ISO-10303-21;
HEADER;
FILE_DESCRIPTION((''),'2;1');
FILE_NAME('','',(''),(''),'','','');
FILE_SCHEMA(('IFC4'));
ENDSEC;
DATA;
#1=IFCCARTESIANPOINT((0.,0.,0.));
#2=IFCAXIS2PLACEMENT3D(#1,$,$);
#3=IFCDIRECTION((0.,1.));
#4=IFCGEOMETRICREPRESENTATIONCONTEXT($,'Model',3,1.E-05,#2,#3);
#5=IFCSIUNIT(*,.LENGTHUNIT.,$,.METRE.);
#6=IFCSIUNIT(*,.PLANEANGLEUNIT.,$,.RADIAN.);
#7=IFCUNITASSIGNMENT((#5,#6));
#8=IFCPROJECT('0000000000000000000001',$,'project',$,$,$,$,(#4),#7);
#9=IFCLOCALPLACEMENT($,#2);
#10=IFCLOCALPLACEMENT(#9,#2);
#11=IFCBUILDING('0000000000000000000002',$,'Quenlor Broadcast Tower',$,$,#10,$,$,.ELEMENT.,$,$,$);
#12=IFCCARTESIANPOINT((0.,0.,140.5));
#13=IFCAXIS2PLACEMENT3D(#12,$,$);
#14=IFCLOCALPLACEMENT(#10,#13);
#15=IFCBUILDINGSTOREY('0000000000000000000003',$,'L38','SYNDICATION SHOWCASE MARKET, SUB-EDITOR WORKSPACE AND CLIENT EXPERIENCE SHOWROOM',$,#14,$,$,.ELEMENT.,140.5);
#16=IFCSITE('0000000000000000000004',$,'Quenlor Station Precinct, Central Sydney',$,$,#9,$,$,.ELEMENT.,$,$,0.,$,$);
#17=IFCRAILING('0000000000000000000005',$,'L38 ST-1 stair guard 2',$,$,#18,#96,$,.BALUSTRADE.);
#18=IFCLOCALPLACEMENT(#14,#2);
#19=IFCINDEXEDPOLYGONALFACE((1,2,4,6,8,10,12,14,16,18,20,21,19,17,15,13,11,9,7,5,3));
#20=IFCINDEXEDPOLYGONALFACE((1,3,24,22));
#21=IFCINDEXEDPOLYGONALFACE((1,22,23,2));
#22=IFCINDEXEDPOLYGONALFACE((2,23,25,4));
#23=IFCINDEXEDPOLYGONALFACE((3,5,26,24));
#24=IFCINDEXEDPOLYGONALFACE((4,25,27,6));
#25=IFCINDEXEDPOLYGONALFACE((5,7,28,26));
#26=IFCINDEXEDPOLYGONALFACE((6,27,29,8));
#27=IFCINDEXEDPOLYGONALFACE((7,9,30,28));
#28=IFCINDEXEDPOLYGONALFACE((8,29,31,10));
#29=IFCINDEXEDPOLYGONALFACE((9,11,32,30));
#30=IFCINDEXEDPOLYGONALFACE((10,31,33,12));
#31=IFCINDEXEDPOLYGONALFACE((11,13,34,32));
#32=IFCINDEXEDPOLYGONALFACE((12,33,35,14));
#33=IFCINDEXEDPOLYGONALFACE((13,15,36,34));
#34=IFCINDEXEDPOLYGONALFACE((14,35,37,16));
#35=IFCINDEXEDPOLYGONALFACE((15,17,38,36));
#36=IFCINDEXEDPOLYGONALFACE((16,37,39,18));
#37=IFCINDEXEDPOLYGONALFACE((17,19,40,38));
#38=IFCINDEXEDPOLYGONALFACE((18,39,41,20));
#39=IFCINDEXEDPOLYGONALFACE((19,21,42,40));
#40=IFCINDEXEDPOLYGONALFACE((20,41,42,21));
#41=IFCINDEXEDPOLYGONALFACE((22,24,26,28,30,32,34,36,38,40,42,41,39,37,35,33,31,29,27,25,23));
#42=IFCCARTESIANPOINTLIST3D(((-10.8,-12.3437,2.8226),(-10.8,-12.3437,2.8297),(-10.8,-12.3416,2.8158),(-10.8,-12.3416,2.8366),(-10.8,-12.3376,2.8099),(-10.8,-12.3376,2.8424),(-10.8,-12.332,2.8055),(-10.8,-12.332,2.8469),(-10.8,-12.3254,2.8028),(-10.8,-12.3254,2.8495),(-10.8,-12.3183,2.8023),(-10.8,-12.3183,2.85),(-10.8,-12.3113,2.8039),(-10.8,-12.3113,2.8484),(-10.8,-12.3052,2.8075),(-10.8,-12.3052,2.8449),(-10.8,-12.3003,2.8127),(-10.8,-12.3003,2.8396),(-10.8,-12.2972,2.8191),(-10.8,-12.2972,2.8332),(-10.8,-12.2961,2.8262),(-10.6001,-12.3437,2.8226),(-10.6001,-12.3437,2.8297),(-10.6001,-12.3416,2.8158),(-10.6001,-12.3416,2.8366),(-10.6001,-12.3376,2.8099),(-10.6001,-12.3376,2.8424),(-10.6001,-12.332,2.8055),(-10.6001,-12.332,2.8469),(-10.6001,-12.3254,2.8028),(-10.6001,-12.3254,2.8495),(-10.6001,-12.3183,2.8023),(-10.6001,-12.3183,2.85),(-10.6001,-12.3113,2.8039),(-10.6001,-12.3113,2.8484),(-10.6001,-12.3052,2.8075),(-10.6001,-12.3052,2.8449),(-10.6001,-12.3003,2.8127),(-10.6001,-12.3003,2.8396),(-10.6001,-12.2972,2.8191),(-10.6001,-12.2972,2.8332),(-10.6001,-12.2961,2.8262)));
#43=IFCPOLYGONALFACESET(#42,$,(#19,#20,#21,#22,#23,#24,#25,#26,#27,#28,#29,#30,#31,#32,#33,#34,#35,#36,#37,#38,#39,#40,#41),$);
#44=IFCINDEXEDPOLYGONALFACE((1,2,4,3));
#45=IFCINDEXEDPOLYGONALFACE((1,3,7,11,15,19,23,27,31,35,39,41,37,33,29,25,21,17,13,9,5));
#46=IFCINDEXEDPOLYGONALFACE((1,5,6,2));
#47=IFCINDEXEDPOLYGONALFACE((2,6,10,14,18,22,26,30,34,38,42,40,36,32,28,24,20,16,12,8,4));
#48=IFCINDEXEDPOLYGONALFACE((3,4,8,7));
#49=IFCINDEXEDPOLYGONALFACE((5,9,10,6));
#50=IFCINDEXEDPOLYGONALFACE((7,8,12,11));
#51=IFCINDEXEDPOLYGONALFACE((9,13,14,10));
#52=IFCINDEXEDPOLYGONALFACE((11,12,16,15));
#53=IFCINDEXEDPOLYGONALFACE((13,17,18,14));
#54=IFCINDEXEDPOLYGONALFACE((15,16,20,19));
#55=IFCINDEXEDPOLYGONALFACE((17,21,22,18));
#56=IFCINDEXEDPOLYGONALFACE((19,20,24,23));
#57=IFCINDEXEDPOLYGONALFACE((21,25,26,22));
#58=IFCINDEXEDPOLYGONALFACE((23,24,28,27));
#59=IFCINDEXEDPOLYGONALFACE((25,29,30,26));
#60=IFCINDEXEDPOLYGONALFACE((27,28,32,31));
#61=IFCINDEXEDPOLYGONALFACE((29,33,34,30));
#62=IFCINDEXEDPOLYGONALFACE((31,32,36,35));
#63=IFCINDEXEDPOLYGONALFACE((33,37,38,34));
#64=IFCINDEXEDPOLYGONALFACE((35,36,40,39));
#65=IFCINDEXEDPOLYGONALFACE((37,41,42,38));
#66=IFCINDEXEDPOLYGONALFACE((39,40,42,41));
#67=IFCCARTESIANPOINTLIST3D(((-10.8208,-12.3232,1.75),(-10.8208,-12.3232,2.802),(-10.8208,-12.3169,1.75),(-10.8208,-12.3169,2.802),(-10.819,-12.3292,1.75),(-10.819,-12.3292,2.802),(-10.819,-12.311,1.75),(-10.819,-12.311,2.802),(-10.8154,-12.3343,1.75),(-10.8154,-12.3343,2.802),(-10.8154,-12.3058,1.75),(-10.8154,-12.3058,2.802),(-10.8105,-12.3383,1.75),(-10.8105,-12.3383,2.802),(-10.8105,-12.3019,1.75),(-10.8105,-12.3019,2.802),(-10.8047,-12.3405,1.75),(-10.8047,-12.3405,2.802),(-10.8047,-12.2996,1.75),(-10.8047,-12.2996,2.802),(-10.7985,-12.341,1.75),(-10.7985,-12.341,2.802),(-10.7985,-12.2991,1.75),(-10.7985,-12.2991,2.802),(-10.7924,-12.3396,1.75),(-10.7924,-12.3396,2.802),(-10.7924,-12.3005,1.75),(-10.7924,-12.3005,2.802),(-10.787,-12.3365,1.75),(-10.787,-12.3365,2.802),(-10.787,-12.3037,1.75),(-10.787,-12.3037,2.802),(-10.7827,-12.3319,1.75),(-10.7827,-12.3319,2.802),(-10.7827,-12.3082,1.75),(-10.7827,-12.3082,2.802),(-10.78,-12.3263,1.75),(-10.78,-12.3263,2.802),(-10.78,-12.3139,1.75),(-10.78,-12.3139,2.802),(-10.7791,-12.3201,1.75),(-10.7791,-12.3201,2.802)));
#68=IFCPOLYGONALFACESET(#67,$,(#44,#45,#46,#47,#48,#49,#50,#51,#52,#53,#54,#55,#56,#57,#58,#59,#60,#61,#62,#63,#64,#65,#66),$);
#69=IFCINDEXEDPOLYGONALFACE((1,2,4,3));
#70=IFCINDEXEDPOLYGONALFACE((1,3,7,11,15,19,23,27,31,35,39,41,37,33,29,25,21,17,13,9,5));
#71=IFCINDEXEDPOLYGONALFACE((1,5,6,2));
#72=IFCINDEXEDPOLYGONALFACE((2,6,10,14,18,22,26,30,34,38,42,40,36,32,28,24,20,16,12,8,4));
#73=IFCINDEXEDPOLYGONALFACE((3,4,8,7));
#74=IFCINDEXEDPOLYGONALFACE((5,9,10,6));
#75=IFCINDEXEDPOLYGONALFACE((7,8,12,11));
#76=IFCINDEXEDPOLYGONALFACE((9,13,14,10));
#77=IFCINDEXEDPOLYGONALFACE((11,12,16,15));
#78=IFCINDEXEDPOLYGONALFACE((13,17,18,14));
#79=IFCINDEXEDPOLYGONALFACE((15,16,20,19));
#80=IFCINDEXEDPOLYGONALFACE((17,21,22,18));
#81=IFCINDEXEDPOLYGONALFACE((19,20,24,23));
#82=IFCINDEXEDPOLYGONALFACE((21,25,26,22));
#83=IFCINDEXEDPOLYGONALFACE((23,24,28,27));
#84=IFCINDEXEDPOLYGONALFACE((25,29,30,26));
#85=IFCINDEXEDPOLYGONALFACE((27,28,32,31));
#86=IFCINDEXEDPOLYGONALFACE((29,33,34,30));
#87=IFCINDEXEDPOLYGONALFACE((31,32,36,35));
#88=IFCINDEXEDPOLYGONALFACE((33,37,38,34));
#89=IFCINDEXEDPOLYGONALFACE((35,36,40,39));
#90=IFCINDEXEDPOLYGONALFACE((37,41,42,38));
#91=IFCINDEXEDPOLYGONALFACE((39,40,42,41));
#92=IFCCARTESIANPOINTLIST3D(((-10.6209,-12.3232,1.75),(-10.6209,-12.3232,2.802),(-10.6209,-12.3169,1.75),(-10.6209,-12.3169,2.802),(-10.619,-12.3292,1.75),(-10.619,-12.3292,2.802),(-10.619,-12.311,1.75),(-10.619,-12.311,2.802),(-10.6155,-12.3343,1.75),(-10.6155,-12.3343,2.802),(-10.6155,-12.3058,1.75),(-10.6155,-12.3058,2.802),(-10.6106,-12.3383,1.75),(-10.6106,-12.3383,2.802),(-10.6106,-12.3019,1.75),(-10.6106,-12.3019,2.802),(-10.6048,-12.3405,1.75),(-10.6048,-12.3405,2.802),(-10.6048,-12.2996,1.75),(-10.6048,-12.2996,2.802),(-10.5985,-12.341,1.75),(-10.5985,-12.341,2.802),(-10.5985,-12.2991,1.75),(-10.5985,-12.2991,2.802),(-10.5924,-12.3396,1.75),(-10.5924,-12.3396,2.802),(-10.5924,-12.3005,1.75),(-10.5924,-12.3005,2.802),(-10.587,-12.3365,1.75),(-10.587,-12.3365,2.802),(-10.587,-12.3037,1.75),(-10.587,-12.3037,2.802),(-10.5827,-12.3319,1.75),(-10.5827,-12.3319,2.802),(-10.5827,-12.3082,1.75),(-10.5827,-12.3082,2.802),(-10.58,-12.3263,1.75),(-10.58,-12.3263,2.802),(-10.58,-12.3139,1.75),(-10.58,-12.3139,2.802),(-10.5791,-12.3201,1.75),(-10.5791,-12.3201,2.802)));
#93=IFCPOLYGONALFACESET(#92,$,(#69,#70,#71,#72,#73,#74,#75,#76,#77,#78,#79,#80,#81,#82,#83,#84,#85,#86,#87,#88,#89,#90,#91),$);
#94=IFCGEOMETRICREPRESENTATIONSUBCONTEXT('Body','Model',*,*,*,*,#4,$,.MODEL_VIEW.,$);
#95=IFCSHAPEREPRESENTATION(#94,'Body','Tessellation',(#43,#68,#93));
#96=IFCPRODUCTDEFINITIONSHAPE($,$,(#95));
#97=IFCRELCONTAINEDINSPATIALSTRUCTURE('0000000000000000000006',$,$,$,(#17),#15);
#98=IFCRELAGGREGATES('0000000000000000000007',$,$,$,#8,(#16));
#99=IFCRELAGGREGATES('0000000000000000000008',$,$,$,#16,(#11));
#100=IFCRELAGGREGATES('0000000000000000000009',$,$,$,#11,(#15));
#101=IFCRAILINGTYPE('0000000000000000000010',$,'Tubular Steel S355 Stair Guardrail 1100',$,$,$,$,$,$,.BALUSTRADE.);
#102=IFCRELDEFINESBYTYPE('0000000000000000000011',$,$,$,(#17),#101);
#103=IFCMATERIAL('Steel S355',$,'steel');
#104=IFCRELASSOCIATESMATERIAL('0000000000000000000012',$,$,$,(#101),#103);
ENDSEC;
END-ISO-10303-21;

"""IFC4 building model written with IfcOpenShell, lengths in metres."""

from ifc_helpers import new_model, si_unit, direction, frame, origin, origin_2d, place, context, subcontext, project, spatial, circle, extrude, material, type_object, element, save


model = new_model("IFC4")

# Units and contexts
model_context = context("Model", 3, precision=1e-05, world=origin(), true_north=direction((0.0, 1.0)))
body_context = subcontext(model_context, "Body", "Model", "MODEL_VIEW")
ifc_project = project(units=[si_unit("LENGTHUNIT", "METRE"), si_unit("PLANEANGLEUNIT", "RADIAN")], contexts=[model_context])

# Site, building, storey
site_placement = place(None, origin())
site = spatial("IfcSite", under=ifc_project, at=site_placement, Name="Quenlor Station Precinct, Central Sydney", CompositionType="ELEMENT", RefElevation=0.0)
building_placement = place(site_placement, origin())
building = spatial("IfcBuilding", under=site, at=building_placement, Name="Quenlor Broadcast Tower", CompositionType="ELEMENT")
storey_placement = place(building_placement, frame((0.0, 0.0, 140.5)))
storey = spatial("IfcBuildingStorey", under=building, at=storey_placement, Name="L38", Description="SYNDICATION SHOWCASE MARKET, SUB-EDITOR WORKSPACE AND CLIENT EXPERIENCE SHOWROOM", CompositionType="ELEMENT", Elevation=140.5)

# Railing
ifc_material_1 = material(Name="Steel S355", Category="steel")
railing_type_1 = type_object("IfcRailingType", Name="Tubular Steel S355 Stair Guardrail 1100", PredefinedType="BALUSTRADE", material=ifc_material_1)
railing_1_placement = place(storey_placement, frame((-10.8, -12.3201, 1.75)))
element("IfcRailing", 1, at=railing_1_placement, inside=storey, type_object=railing_type_1, Name="L38 ST-1 stair guard 2", PredefinedType="BALUSTRADE", context=body_context, shape_type="SweptSolid", body=[
    extrude(circle(Radius=0.0239, at=origin_2d()), frame((0.0, 0.0, 1.0762), z_axis=(1.0, 0.0, 0.0), x_axis=(0.0, 1.0, 0.0)), (0.0, 0.0, 1.0), 0.2),
    extrude(circle(Radius=0.021, at=origin_2d()), origin(), (0.0, 0.0, 1.0), 1.052),
    extrude(circle(Radius=0.021, at=origin_2d()), frame((0.2, 0.0, 0.0)), (0.0, 0.0, 1.0), 1.052),
])

save(model, "model.ifc")
